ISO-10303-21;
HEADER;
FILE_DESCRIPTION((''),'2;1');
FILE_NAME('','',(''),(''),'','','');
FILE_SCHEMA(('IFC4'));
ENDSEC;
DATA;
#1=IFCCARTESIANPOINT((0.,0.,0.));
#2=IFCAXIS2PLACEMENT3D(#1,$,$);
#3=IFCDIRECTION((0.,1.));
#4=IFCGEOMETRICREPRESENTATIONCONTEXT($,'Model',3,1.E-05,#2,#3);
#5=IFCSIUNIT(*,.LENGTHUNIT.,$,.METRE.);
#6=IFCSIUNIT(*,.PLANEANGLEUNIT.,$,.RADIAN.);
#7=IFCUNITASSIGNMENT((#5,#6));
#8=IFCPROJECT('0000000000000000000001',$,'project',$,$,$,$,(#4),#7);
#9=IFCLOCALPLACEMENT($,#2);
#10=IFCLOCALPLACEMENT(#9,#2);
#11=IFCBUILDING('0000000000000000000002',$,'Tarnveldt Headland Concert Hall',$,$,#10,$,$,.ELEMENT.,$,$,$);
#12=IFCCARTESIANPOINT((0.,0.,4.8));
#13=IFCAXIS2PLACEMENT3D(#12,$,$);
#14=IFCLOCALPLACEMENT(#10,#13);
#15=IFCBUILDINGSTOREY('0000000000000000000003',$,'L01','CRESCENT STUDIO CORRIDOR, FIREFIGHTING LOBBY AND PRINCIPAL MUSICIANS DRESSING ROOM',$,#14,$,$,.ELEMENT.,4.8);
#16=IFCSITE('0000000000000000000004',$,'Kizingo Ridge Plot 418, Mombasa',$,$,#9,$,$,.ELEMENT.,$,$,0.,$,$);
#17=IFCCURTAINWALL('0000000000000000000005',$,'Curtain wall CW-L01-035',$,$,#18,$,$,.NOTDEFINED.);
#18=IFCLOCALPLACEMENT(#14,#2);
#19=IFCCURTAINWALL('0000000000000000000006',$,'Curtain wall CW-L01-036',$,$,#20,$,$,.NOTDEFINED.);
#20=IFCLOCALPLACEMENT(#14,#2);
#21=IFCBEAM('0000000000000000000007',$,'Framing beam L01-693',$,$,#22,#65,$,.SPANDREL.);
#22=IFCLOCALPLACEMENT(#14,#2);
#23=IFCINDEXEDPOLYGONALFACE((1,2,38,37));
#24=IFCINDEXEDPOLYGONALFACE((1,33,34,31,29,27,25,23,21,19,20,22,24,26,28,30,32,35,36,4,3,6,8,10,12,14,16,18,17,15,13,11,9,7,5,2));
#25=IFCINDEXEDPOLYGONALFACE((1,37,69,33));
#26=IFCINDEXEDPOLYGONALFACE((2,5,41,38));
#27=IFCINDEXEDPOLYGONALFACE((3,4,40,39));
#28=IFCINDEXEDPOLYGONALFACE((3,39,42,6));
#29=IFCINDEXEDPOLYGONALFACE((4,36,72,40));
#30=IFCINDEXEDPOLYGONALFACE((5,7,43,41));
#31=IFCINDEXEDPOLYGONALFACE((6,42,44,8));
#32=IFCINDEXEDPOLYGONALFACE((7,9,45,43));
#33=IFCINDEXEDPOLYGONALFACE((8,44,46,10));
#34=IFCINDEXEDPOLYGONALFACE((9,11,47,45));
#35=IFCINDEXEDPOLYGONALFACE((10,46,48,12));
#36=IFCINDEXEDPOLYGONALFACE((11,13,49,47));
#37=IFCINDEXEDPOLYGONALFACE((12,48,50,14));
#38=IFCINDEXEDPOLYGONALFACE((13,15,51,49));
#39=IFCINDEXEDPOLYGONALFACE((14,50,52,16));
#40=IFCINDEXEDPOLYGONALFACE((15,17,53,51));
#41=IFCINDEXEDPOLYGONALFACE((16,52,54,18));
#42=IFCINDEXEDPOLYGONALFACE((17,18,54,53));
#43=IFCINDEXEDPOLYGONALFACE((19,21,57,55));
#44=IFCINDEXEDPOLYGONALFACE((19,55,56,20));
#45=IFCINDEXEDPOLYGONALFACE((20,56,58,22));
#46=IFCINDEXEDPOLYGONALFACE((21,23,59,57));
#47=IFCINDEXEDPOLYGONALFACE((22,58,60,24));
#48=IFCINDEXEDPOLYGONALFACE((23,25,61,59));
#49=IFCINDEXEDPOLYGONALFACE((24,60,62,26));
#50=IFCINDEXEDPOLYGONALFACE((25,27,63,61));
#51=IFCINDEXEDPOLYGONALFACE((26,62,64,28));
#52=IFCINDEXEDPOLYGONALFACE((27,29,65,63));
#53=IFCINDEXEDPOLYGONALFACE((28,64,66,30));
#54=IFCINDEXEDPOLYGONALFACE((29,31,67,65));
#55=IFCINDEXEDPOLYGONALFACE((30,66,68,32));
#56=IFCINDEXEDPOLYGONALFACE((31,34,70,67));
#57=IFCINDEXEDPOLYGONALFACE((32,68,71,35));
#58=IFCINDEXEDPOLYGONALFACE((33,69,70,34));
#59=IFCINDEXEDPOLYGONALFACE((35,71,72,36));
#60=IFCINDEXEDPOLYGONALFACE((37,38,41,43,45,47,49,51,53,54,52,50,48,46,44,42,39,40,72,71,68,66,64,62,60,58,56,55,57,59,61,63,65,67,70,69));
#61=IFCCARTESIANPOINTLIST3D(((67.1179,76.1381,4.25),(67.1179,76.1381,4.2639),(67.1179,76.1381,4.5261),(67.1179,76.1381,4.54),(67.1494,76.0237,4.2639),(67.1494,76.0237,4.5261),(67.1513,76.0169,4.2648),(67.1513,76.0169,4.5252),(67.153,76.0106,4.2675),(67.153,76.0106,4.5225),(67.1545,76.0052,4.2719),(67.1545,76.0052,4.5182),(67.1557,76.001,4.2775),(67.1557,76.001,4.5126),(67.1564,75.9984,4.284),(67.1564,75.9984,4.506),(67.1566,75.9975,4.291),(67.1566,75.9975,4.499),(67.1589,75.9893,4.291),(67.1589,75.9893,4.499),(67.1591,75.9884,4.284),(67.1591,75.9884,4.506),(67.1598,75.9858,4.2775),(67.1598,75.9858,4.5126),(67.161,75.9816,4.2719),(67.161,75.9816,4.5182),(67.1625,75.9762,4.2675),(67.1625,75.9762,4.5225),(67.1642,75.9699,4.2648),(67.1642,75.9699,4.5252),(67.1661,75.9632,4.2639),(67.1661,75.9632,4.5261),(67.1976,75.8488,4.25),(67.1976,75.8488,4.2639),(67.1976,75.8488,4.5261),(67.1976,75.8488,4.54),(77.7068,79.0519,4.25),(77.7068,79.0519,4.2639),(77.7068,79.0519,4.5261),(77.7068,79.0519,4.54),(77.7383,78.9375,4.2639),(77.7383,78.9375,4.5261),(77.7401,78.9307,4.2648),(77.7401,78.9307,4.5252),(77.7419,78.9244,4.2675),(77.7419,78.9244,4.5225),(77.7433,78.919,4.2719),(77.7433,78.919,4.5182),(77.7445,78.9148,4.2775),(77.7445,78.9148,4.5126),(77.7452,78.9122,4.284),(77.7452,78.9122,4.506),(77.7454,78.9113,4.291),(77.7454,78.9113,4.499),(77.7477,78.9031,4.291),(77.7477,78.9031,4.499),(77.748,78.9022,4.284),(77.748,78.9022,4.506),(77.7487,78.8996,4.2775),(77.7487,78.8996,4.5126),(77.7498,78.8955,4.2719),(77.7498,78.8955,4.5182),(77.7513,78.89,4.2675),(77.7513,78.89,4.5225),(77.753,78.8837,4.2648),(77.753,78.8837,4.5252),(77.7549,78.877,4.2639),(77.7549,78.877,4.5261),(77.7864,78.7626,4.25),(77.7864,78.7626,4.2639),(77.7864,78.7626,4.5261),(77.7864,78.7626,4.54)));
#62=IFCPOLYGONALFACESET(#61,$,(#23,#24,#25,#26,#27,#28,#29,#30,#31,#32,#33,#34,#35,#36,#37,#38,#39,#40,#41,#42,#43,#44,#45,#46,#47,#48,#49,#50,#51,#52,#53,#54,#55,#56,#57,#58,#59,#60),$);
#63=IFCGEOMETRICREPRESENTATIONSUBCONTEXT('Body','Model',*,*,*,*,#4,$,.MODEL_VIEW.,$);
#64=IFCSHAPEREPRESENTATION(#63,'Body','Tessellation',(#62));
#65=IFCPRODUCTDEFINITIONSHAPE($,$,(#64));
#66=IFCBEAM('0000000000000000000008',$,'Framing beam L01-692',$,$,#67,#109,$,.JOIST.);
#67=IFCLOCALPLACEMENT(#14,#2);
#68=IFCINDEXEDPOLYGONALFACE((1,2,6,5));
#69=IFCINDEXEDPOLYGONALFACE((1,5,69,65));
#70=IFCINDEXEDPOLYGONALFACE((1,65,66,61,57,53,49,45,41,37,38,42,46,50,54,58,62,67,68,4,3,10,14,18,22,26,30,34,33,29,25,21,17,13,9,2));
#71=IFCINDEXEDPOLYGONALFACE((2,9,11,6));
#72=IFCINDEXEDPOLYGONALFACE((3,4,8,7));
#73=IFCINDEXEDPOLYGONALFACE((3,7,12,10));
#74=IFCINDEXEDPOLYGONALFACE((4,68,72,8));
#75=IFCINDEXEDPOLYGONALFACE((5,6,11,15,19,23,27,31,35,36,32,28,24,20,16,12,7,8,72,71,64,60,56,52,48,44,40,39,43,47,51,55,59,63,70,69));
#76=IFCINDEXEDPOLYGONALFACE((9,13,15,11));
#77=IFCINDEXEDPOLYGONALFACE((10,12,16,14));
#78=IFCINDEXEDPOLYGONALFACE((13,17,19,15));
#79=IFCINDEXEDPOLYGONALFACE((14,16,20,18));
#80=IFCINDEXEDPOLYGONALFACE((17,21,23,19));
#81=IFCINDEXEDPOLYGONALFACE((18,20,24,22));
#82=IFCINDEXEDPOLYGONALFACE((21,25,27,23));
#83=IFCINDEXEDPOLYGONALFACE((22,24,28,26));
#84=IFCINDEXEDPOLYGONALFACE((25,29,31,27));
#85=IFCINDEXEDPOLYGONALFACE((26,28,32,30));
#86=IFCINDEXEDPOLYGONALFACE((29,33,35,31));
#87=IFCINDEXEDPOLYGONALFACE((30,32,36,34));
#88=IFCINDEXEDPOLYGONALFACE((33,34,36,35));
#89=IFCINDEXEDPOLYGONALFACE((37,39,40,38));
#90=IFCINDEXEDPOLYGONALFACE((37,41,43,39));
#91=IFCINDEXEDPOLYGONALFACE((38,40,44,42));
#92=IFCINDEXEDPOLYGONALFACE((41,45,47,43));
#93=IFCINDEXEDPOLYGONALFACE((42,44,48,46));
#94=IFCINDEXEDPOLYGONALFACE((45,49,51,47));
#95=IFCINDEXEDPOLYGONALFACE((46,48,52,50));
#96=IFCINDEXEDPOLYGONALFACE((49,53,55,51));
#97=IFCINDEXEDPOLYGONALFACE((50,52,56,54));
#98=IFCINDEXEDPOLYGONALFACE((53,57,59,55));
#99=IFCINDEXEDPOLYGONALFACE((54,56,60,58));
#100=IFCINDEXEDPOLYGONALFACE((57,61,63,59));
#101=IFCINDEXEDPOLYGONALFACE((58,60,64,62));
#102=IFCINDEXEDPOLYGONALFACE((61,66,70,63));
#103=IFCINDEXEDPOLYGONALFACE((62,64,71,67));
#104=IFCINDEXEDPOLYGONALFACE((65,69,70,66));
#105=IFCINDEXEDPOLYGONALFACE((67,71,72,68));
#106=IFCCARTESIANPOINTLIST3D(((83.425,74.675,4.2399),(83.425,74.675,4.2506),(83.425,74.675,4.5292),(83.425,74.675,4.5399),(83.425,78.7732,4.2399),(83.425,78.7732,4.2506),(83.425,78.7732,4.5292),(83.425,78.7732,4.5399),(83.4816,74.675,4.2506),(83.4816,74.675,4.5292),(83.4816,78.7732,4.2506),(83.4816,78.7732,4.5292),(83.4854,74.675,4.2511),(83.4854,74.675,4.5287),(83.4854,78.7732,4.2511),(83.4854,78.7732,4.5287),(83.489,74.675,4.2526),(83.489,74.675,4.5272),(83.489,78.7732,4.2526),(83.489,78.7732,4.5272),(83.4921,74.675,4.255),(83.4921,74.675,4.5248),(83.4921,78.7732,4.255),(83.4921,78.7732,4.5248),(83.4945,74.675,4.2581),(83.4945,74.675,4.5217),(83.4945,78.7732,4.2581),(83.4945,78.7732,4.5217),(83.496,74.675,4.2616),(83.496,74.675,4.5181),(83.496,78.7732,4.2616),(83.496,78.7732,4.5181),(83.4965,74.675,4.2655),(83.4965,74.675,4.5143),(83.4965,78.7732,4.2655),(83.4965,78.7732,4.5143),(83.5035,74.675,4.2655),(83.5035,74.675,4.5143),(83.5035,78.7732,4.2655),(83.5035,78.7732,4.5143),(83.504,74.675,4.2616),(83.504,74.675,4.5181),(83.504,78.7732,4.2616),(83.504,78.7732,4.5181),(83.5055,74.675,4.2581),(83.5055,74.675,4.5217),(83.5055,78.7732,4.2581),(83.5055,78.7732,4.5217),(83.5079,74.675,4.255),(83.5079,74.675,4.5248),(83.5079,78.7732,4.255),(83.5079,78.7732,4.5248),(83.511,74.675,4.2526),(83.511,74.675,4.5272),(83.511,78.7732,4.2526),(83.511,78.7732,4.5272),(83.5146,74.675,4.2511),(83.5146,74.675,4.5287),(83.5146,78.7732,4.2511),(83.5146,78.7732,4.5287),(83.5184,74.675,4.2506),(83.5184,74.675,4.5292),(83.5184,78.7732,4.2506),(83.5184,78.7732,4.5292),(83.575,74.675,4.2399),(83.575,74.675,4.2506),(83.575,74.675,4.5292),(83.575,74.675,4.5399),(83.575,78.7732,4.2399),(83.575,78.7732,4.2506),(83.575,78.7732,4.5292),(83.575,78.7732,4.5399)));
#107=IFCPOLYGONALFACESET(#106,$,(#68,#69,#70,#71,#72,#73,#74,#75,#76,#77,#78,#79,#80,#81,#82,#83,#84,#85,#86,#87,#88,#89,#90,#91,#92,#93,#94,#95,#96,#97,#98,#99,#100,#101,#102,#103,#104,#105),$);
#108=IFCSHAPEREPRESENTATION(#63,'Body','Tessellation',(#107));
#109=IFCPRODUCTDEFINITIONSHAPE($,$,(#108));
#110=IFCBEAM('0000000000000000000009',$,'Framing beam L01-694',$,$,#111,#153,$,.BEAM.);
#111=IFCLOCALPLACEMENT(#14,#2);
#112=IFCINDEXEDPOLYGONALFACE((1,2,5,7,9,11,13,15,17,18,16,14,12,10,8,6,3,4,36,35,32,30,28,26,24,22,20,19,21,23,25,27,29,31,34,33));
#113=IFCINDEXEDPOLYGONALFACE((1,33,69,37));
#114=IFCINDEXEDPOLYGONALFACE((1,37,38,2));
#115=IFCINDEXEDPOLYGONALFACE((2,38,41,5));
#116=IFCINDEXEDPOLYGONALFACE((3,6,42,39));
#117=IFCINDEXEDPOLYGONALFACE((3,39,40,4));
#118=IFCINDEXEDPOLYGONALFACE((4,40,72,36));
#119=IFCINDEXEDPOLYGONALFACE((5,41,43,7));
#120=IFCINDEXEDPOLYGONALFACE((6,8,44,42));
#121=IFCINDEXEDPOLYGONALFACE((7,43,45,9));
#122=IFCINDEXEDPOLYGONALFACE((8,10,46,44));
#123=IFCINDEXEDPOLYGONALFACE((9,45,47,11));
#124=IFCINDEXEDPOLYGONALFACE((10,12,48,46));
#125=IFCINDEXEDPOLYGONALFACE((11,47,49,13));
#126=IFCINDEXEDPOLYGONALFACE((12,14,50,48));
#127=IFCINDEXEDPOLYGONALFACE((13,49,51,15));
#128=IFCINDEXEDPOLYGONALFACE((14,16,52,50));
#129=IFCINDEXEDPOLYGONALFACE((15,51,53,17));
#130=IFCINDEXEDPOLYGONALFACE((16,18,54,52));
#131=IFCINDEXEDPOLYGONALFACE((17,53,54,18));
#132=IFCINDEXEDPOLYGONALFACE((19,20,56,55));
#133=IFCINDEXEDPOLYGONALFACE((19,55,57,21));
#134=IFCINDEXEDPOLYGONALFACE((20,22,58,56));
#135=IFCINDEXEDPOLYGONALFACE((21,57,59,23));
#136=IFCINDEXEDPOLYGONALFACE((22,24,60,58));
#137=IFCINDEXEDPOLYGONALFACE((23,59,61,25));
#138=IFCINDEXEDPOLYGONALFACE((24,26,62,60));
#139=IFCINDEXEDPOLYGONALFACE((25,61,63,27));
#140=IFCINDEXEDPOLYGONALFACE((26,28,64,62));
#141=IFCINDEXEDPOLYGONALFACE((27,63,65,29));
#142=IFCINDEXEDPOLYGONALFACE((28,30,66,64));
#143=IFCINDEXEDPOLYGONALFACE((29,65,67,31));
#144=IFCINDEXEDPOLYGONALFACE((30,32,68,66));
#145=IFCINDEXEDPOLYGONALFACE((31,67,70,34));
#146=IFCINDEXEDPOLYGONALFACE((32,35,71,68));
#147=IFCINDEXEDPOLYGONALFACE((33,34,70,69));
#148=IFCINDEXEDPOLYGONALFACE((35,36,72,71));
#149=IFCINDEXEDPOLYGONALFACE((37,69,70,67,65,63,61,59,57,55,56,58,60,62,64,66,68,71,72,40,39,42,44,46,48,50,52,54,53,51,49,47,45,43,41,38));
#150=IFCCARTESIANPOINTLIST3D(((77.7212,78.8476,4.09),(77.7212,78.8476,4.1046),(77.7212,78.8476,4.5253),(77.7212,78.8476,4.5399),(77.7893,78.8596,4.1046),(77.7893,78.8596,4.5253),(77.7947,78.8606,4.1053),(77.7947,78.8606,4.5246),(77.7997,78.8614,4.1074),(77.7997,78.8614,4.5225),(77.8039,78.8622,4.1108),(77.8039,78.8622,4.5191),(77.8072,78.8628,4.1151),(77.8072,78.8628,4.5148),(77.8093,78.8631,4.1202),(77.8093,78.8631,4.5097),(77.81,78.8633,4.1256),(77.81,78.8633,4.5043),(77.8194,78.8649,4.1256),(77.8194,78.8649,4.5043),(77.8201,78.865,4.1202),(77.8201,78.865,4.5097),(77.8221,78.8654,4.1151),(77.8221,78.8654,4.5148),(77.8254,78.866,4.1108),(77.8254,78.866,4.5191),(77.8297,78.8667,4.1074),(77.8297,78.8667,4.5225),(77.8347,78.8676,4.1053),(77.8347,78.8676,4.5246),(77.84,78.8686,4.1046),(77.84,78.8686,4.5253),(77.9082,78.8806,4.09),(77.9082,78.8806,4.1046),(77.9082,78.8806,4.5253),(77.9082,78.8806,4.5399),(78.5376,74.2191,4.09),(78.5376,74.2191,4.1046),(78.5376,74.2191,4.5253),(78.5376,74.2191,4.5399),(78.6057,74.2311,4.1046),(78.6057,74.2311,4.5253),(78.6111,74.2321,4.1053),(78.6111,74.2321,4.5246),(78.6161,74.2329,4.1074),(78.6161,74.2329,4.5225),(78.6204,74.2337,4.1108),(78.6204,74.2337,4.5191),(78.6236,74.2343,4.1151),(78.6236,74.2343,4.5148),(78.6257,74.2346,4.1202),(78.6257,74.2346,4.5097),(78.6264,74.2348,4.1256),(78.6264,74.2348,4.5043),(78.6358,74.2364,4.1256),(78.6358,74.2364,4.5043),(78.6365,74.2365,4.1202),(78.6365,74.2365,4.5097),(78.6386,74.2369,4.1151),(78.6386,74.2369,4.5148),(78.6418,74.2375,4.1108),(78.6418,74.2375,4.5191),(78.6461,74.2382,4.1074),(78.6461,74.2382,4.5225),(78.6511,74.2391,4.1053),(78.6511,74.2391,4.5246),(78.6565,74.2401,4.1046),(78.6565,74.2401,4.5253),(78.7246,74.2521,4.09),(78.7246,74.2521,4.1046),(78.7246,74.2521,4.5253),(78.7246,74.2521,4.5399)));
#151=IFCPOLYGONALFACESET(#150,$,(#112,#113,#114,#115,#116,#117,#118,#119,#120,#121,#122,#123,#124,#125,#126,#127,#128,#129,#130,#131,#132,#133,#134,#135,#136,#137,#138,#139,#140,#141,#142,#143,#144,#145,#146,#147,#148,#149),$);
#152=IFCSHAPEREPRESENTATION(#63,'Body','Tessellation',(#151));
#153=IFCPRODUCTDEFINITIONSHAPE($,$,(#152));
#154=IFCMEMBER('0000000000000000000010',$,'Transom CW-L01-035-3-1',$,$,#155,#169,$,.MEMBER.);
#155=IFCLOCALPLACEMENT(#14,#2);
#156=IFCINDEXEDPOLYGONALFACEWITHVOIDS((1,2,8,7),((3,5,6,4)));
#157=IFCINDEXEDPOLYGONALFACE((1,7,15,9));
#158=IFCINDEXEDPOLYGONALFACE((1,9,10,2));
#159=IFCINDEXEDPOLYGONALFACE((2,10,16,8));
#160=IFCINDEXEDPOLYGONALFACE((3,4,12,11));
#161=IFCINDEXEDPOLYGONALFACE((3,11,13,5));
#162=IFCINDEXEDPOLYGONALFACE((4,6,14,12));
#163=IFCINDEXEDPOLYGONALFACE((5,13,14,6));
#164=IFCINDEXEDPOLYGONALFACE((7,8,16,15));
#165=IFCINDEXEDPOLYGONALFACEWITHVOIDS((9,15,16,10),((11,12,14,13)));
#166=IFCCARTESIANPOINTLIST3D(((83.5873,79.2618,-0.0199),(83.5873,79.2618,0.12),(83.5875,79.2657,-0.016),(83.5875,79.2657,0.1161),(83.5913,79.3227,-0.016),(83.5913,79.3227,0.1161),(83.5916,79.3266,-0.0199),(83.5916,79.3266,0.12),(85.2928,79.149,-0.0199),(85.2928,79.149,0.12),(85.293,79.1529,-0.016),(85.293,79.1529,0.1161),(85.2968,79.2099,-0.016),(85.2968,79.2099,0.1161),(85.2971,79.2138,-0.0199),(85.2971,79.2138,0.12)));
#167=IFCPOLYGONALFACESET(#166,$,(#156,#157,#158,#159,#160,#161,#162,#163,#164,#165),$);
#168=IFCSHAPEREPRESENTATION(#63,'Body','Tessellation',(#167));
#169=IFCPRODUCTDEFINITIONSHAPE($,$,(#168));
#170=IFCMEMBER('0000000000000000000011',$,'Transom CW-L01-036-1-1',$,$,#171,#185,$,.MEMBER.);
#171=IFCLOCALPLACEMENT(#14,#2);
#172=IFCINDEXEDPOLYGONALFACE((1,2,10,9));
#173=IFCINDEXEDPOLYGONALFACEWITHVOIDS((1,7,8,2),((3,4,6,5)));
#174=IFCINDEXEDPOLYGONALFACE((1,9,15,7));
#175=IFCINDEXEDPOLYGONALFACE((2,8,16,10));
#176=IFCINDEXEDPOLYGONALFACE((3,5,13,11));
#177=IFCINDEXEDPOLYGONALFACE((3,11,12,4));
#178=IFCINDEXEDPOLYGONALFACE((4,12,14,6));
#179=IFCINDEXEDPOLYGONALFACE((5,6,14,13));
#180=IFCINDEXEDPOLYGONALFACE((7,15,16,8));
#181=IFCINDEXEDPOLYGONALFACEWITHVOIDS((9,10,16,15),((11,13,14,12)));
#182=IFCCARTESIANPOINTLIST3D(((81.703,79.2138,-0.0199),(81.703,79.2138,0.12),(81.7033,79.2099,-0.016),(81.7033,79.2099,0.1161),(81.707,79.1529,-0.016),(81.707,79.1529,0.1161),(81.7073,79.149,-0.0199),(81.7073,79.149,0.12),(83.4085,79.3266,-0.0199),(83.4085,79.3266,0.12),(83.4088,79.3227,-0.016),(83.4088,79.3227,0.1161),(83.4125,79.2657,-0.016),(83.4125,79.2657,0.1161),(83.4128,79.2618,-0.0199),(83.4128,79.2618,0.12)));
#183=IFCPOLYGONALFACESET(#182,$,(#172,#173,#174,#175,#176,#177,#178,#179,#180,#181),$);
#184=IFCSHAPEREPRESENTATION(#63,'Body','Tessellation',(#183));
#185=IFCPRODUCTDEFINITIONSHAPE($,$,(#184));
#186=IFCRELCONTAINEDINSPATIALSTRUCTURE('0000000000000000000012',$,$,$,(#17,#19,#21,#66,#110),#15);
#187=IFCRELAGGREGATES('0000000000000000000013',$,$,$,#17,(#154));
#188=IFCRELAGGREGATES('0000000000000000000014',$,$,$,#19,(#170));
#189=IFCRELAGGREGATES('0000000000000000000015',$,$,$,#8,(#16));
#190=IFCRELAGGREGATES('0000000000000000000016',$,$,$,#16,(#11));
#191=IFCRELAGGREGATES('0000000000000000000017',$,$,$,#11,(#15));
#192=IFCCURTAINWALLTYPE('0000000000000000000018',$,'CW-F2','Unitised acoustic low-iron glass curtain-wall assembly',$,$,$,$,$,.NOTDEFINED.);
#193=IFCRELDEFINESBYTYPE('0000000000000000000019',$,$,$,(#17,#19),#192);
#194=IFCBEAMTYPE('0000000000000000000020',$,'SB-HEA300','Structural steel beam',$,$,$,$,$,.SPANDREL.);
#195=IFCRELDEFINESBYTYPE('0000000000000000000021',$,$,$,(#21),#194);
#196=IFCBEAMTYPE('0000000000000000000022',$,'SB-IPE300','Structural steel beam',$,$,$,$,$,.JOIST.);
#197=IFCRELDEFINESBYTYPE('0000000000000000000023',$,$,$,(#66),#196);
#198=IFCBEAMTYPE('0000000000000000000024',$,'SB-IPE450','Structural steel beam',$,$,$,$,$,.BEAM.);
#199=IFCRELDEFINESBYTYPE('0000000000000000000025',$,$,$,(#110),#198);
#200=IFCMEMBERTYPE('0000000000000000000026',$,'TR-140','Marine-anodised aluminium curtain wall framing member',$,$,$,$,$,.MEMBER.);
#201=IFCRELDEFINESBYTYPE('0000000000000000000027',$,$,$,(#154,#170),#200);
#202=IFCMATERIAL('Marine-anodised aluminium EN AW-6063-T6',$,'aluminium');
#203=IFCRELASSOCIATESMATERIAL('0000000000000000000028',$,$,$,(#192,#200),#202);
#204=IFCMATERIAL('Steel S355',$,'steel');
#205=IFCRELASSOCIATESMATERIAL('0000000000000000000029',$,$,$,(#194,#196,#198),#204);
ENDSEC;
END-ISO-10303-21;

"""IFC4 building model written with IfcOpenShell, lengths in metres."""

from ifc_helpers import new_model, si_unit, direction, frame, origin, origin_2d, place, context, subcontext, project, spatial, hollow_rectangle, i_section, extrude, material, material_profile, profile_set, type_object, element, aggregate, save


model = new_model("IFC4")

# Units and contexts
model_context = context("Model", 3, precision=1e-05, world=origin(), true_north=direction((0.0, 1.0)))
body_context = subcontext(model_context, "Body", "Model", "MODEL_VIEW")
ifc_project = project(units=[si_unit("LENGTHUNIT", "METRE"), si_unit("PLANEANGLEUNIT", "RADIAN")], contexts=[model_context])

# Site, building, storey
site_placement = place(None, origin())
site = spatial("IfcSite", under=ifc_project, at=site_placement, Name="Kizingo Ridge Plot 418, Mombasa", CompositionType="ELEMENT", RefElevation=0.0)
building_placement = place(site_placement, origin())
building = spatial("IfcBuilding", under=site, at=building_placement, Name="Tarnveldt Headland Concert Hall", CompositionType="ELEMENT")
storey_placement = place(building_placement, frame((0.0, 0.0, 4.8)))
storey = spatial("IfcBuildingStorey", under=building, at=storey_placement, Name="L01", Description="CRESCENT STUDIO CORRIDOR, FIREFIGHTING LOBBY AND PRINCIPAL MUSICIANS DRESSING ROOM", CompositionType="ELEMENT", Elevation=4.8)

# Shared definitions
ifc_material_1 = material(Name="Steel S355", Category="steel")

# Curtain wall
ifc_material_2 = material(Name="Marine-anodised aluminium EN AW-6063-T6", Category="aluminium")
curtain_wall_type = type_object("IfcCurtainWallType", Name="CW-F2", Description="Unitised acoustic low-iron glass curtain-wall assembly", PredefinedType="NOTDEFINED", material=ifc_material_2)
curtain_wall_1_placement = place(storey_placement, origin())
curtain_wall_1 = element("IfcCurtainWall", 1, at=curtain_wall_1_placement, inside=storey, type_object=curtain_wall_type, Name="Curtain wall CW-L01-035", PredefinedType="NOTDEFINED")

# Curtain wall
curtain_wall_2_placement = place(storey_placement, origin())
curtain_wall_2 = element("IfcCurtainWall", 2, at=curtain_wall_2_placement, inside=storey, type_object=curtain_wall_type, Name="Curtain wall CW-L01-036", PredefinedType="NOTDEFINED")

# Beams
ifc_material_profile_1 = material_profile(ifc_material_1, i_section(OverallWidth=0.3, OverallDepth=0.29, WebThickness=0.0085, FlangeThickness=0.0139, FilletRadius=0.0271, at=origin_2d()), Name="HEA300", Category="steel")
ifc_profile_set_1 = profile_set([ifc_material_profile_1], Name="Steel S355")
beam_type_1 = type_object("IfcBeamType", Name="SB-HEA300", Description="Structural steel beam", PredefinedType="SPANDREL", material=ifc_profile_set_1)
beam_1_placement = place(storey_placement, frame((77.7466, 78.9072, 4.395), z_axis=(-0.964162, -0.265316, 0.0), x_axis=(0.265316, -0.964162, 0.0)))
element("IfcBeam", 3, at=beam_1_placement, inside=storey, type_object=beam_type_1, Name="Framing beam L01-693", PredefinedType="SPANDREL", context=body_context, shape_type="SweptSolid", body=[
    extrude(i_section(OverallWidth=0.3, OverallDepth=0.29, WebThickness=0.0085, FlangeThickness=0.0139, FilletRadius=0.0271, at=origin_2d()), origin(), (0.0, 0.0, 1.0), 10.9824),
])
ifc_material_profile_2 = material_profile(ifc_material_1, i_section(OverallWidth=0.1499, OverallDepth=0.3, WebThickness=0.0071, FlangeThickness=0.0107, FilletRadius=0.0149, at=origin_2d()), Name="IPE300", Category="steel")
ifc_profile_set_2 = profile_set([ifc_material_profile_2], Name="Steel S355")
beam_type_2 = type_object("IfcBeamType", Name="SB-IPE300", Description="Structural steel beam", PredefinedType="JOIST", material=ifc_profile_set_2)
beam_2_placement = place(storey_placement, frame((83.5, 74.675, 4.3899), z_axis=(0.0, 1.0, 0.0), x_axis=(-1.0, 0.0, 0.0)))
element("IfcBeam", 4, at=beam_2_placement, inside=storey, type_object=beam_type_2, Name="Framing beam L01-692", PredefinedType="JOIST", context=body_context, shape_type="SweptSolid", body=[
    extrude(i_section(OverallWidth=0.1499, OverallDepth=0.3, WebThickness=0.0071, FlangeThickness=0.0107, FilletRadius=0.0149, at=origin_2d()), origin(), (0.0, 0.0, 1.0), 4.0981),
])
ifc_material_profile_3 = material_profile(ifc_material_1, i_section(OverallWidth=0.1899, OverallDepth=0.45, WebThickness=0.0095, FlangeThickness=0.0146, FilletRadius=0.021, at=origin_2d()), Name="IPE450", Category="steel")
ifc_profile_set_3 = profile_set([ifc_material_profile_3], Name="Steel S355")
beam_type_3 = type_object("IfcBeamType", Name="SB-IPE450", Description="Structural steel beam", PredefinedType="BEAM", material=ifc_profile_set_3)
beam_3_placement = place(storey_placement, frame((78.6311, 74.2356, 4.3149), z_axis=(-0.173708, 0.984797, 0.0), x_axis=(-0.984797, -0.173708, 0.0)))
element("IfcBeam", 5, at=beam_3_placement, inside=storey, type_object=beam_type_3, Name="Framing beam L01-694", PredefinedType="BEAM", context=body_context, shape_type="SweptSolid", body=[
    extrude(i_section(OverallWidth=0.1899, OverallDepth=0.45, WebThickness=0.0095, FlangeThickness=0.0146, FilletRadius=0.021, at=origin_2d()), origin(), (0.0, 0.0, 1.0), 4.7),
])

# Members
ifc_material_profile_4 = material_profile(ifc_material_2, hollow_rectangle(XDim=0.0649, YDim=0.1399, WallThickness=0.0039, at=origin_2d()), Name="ALU TRANSOM 65x140x4", Category="aluminium")
ifc_profile_set_4 = profile_set([ifc_material_profile_4], Name="Marine-anodised aluminium EN AW-6063-T6")
member_type_1 = type_object("IfcMemberType", Name="TR-140", Description="Marine-anodised aluminium curtain wall framing member", PredefinedType="MEMBER", material=ifc_profile_set_4)
member_1_placement = place(storey_placement, frame((85.2949, 79.1814, 0.05), z_axis=(-0.99782, 0.065988, 0.0), x_axis=(-0.065988, -0.99782, 0.0)))
member_1 = element("IfcMember", 6, at=member_1_placement, type_object=member_type_1, Name="Transom CW-L01-035-3-1", PredefinedType="MEMBER", context=body_context, shape_type="SweptSolid", body=[
    extrude(hollow_rectangle(XDim=0.0649, YDim=0.1399, WallThickness=0.0039, at=origin_2d()), origin(), (0.0, 0.0, 1.0), 1.7092),
])
member_2_placement = place(storey_placement, frame((83.4106, 79.2942, 0.05), z_axis=(-0.99782, -0.065988, 0.0), x_axis=(0.065988, -0.99782, 0.0)))
member_2 = element("IfcMember", 7, at=member_2_placement, type_object=member_type_1, Name="Transom CW-L01-036-1-1", PredefinedType="MEMBER", context=body_context, shape_type="SweptSolid", body=[
    extrude(hollow_rectangle(XDim=0.0649, YDim=0.1399, WallThickness=0.0039, at=origin_2d()), origin(), (0.0, 0.0, 1.0), 1.7092),
])

aggregate(curtain_wall_1, [member_1])
aggregate(curtain_wall_2, [member_2])

save(model, "model.ifc")
